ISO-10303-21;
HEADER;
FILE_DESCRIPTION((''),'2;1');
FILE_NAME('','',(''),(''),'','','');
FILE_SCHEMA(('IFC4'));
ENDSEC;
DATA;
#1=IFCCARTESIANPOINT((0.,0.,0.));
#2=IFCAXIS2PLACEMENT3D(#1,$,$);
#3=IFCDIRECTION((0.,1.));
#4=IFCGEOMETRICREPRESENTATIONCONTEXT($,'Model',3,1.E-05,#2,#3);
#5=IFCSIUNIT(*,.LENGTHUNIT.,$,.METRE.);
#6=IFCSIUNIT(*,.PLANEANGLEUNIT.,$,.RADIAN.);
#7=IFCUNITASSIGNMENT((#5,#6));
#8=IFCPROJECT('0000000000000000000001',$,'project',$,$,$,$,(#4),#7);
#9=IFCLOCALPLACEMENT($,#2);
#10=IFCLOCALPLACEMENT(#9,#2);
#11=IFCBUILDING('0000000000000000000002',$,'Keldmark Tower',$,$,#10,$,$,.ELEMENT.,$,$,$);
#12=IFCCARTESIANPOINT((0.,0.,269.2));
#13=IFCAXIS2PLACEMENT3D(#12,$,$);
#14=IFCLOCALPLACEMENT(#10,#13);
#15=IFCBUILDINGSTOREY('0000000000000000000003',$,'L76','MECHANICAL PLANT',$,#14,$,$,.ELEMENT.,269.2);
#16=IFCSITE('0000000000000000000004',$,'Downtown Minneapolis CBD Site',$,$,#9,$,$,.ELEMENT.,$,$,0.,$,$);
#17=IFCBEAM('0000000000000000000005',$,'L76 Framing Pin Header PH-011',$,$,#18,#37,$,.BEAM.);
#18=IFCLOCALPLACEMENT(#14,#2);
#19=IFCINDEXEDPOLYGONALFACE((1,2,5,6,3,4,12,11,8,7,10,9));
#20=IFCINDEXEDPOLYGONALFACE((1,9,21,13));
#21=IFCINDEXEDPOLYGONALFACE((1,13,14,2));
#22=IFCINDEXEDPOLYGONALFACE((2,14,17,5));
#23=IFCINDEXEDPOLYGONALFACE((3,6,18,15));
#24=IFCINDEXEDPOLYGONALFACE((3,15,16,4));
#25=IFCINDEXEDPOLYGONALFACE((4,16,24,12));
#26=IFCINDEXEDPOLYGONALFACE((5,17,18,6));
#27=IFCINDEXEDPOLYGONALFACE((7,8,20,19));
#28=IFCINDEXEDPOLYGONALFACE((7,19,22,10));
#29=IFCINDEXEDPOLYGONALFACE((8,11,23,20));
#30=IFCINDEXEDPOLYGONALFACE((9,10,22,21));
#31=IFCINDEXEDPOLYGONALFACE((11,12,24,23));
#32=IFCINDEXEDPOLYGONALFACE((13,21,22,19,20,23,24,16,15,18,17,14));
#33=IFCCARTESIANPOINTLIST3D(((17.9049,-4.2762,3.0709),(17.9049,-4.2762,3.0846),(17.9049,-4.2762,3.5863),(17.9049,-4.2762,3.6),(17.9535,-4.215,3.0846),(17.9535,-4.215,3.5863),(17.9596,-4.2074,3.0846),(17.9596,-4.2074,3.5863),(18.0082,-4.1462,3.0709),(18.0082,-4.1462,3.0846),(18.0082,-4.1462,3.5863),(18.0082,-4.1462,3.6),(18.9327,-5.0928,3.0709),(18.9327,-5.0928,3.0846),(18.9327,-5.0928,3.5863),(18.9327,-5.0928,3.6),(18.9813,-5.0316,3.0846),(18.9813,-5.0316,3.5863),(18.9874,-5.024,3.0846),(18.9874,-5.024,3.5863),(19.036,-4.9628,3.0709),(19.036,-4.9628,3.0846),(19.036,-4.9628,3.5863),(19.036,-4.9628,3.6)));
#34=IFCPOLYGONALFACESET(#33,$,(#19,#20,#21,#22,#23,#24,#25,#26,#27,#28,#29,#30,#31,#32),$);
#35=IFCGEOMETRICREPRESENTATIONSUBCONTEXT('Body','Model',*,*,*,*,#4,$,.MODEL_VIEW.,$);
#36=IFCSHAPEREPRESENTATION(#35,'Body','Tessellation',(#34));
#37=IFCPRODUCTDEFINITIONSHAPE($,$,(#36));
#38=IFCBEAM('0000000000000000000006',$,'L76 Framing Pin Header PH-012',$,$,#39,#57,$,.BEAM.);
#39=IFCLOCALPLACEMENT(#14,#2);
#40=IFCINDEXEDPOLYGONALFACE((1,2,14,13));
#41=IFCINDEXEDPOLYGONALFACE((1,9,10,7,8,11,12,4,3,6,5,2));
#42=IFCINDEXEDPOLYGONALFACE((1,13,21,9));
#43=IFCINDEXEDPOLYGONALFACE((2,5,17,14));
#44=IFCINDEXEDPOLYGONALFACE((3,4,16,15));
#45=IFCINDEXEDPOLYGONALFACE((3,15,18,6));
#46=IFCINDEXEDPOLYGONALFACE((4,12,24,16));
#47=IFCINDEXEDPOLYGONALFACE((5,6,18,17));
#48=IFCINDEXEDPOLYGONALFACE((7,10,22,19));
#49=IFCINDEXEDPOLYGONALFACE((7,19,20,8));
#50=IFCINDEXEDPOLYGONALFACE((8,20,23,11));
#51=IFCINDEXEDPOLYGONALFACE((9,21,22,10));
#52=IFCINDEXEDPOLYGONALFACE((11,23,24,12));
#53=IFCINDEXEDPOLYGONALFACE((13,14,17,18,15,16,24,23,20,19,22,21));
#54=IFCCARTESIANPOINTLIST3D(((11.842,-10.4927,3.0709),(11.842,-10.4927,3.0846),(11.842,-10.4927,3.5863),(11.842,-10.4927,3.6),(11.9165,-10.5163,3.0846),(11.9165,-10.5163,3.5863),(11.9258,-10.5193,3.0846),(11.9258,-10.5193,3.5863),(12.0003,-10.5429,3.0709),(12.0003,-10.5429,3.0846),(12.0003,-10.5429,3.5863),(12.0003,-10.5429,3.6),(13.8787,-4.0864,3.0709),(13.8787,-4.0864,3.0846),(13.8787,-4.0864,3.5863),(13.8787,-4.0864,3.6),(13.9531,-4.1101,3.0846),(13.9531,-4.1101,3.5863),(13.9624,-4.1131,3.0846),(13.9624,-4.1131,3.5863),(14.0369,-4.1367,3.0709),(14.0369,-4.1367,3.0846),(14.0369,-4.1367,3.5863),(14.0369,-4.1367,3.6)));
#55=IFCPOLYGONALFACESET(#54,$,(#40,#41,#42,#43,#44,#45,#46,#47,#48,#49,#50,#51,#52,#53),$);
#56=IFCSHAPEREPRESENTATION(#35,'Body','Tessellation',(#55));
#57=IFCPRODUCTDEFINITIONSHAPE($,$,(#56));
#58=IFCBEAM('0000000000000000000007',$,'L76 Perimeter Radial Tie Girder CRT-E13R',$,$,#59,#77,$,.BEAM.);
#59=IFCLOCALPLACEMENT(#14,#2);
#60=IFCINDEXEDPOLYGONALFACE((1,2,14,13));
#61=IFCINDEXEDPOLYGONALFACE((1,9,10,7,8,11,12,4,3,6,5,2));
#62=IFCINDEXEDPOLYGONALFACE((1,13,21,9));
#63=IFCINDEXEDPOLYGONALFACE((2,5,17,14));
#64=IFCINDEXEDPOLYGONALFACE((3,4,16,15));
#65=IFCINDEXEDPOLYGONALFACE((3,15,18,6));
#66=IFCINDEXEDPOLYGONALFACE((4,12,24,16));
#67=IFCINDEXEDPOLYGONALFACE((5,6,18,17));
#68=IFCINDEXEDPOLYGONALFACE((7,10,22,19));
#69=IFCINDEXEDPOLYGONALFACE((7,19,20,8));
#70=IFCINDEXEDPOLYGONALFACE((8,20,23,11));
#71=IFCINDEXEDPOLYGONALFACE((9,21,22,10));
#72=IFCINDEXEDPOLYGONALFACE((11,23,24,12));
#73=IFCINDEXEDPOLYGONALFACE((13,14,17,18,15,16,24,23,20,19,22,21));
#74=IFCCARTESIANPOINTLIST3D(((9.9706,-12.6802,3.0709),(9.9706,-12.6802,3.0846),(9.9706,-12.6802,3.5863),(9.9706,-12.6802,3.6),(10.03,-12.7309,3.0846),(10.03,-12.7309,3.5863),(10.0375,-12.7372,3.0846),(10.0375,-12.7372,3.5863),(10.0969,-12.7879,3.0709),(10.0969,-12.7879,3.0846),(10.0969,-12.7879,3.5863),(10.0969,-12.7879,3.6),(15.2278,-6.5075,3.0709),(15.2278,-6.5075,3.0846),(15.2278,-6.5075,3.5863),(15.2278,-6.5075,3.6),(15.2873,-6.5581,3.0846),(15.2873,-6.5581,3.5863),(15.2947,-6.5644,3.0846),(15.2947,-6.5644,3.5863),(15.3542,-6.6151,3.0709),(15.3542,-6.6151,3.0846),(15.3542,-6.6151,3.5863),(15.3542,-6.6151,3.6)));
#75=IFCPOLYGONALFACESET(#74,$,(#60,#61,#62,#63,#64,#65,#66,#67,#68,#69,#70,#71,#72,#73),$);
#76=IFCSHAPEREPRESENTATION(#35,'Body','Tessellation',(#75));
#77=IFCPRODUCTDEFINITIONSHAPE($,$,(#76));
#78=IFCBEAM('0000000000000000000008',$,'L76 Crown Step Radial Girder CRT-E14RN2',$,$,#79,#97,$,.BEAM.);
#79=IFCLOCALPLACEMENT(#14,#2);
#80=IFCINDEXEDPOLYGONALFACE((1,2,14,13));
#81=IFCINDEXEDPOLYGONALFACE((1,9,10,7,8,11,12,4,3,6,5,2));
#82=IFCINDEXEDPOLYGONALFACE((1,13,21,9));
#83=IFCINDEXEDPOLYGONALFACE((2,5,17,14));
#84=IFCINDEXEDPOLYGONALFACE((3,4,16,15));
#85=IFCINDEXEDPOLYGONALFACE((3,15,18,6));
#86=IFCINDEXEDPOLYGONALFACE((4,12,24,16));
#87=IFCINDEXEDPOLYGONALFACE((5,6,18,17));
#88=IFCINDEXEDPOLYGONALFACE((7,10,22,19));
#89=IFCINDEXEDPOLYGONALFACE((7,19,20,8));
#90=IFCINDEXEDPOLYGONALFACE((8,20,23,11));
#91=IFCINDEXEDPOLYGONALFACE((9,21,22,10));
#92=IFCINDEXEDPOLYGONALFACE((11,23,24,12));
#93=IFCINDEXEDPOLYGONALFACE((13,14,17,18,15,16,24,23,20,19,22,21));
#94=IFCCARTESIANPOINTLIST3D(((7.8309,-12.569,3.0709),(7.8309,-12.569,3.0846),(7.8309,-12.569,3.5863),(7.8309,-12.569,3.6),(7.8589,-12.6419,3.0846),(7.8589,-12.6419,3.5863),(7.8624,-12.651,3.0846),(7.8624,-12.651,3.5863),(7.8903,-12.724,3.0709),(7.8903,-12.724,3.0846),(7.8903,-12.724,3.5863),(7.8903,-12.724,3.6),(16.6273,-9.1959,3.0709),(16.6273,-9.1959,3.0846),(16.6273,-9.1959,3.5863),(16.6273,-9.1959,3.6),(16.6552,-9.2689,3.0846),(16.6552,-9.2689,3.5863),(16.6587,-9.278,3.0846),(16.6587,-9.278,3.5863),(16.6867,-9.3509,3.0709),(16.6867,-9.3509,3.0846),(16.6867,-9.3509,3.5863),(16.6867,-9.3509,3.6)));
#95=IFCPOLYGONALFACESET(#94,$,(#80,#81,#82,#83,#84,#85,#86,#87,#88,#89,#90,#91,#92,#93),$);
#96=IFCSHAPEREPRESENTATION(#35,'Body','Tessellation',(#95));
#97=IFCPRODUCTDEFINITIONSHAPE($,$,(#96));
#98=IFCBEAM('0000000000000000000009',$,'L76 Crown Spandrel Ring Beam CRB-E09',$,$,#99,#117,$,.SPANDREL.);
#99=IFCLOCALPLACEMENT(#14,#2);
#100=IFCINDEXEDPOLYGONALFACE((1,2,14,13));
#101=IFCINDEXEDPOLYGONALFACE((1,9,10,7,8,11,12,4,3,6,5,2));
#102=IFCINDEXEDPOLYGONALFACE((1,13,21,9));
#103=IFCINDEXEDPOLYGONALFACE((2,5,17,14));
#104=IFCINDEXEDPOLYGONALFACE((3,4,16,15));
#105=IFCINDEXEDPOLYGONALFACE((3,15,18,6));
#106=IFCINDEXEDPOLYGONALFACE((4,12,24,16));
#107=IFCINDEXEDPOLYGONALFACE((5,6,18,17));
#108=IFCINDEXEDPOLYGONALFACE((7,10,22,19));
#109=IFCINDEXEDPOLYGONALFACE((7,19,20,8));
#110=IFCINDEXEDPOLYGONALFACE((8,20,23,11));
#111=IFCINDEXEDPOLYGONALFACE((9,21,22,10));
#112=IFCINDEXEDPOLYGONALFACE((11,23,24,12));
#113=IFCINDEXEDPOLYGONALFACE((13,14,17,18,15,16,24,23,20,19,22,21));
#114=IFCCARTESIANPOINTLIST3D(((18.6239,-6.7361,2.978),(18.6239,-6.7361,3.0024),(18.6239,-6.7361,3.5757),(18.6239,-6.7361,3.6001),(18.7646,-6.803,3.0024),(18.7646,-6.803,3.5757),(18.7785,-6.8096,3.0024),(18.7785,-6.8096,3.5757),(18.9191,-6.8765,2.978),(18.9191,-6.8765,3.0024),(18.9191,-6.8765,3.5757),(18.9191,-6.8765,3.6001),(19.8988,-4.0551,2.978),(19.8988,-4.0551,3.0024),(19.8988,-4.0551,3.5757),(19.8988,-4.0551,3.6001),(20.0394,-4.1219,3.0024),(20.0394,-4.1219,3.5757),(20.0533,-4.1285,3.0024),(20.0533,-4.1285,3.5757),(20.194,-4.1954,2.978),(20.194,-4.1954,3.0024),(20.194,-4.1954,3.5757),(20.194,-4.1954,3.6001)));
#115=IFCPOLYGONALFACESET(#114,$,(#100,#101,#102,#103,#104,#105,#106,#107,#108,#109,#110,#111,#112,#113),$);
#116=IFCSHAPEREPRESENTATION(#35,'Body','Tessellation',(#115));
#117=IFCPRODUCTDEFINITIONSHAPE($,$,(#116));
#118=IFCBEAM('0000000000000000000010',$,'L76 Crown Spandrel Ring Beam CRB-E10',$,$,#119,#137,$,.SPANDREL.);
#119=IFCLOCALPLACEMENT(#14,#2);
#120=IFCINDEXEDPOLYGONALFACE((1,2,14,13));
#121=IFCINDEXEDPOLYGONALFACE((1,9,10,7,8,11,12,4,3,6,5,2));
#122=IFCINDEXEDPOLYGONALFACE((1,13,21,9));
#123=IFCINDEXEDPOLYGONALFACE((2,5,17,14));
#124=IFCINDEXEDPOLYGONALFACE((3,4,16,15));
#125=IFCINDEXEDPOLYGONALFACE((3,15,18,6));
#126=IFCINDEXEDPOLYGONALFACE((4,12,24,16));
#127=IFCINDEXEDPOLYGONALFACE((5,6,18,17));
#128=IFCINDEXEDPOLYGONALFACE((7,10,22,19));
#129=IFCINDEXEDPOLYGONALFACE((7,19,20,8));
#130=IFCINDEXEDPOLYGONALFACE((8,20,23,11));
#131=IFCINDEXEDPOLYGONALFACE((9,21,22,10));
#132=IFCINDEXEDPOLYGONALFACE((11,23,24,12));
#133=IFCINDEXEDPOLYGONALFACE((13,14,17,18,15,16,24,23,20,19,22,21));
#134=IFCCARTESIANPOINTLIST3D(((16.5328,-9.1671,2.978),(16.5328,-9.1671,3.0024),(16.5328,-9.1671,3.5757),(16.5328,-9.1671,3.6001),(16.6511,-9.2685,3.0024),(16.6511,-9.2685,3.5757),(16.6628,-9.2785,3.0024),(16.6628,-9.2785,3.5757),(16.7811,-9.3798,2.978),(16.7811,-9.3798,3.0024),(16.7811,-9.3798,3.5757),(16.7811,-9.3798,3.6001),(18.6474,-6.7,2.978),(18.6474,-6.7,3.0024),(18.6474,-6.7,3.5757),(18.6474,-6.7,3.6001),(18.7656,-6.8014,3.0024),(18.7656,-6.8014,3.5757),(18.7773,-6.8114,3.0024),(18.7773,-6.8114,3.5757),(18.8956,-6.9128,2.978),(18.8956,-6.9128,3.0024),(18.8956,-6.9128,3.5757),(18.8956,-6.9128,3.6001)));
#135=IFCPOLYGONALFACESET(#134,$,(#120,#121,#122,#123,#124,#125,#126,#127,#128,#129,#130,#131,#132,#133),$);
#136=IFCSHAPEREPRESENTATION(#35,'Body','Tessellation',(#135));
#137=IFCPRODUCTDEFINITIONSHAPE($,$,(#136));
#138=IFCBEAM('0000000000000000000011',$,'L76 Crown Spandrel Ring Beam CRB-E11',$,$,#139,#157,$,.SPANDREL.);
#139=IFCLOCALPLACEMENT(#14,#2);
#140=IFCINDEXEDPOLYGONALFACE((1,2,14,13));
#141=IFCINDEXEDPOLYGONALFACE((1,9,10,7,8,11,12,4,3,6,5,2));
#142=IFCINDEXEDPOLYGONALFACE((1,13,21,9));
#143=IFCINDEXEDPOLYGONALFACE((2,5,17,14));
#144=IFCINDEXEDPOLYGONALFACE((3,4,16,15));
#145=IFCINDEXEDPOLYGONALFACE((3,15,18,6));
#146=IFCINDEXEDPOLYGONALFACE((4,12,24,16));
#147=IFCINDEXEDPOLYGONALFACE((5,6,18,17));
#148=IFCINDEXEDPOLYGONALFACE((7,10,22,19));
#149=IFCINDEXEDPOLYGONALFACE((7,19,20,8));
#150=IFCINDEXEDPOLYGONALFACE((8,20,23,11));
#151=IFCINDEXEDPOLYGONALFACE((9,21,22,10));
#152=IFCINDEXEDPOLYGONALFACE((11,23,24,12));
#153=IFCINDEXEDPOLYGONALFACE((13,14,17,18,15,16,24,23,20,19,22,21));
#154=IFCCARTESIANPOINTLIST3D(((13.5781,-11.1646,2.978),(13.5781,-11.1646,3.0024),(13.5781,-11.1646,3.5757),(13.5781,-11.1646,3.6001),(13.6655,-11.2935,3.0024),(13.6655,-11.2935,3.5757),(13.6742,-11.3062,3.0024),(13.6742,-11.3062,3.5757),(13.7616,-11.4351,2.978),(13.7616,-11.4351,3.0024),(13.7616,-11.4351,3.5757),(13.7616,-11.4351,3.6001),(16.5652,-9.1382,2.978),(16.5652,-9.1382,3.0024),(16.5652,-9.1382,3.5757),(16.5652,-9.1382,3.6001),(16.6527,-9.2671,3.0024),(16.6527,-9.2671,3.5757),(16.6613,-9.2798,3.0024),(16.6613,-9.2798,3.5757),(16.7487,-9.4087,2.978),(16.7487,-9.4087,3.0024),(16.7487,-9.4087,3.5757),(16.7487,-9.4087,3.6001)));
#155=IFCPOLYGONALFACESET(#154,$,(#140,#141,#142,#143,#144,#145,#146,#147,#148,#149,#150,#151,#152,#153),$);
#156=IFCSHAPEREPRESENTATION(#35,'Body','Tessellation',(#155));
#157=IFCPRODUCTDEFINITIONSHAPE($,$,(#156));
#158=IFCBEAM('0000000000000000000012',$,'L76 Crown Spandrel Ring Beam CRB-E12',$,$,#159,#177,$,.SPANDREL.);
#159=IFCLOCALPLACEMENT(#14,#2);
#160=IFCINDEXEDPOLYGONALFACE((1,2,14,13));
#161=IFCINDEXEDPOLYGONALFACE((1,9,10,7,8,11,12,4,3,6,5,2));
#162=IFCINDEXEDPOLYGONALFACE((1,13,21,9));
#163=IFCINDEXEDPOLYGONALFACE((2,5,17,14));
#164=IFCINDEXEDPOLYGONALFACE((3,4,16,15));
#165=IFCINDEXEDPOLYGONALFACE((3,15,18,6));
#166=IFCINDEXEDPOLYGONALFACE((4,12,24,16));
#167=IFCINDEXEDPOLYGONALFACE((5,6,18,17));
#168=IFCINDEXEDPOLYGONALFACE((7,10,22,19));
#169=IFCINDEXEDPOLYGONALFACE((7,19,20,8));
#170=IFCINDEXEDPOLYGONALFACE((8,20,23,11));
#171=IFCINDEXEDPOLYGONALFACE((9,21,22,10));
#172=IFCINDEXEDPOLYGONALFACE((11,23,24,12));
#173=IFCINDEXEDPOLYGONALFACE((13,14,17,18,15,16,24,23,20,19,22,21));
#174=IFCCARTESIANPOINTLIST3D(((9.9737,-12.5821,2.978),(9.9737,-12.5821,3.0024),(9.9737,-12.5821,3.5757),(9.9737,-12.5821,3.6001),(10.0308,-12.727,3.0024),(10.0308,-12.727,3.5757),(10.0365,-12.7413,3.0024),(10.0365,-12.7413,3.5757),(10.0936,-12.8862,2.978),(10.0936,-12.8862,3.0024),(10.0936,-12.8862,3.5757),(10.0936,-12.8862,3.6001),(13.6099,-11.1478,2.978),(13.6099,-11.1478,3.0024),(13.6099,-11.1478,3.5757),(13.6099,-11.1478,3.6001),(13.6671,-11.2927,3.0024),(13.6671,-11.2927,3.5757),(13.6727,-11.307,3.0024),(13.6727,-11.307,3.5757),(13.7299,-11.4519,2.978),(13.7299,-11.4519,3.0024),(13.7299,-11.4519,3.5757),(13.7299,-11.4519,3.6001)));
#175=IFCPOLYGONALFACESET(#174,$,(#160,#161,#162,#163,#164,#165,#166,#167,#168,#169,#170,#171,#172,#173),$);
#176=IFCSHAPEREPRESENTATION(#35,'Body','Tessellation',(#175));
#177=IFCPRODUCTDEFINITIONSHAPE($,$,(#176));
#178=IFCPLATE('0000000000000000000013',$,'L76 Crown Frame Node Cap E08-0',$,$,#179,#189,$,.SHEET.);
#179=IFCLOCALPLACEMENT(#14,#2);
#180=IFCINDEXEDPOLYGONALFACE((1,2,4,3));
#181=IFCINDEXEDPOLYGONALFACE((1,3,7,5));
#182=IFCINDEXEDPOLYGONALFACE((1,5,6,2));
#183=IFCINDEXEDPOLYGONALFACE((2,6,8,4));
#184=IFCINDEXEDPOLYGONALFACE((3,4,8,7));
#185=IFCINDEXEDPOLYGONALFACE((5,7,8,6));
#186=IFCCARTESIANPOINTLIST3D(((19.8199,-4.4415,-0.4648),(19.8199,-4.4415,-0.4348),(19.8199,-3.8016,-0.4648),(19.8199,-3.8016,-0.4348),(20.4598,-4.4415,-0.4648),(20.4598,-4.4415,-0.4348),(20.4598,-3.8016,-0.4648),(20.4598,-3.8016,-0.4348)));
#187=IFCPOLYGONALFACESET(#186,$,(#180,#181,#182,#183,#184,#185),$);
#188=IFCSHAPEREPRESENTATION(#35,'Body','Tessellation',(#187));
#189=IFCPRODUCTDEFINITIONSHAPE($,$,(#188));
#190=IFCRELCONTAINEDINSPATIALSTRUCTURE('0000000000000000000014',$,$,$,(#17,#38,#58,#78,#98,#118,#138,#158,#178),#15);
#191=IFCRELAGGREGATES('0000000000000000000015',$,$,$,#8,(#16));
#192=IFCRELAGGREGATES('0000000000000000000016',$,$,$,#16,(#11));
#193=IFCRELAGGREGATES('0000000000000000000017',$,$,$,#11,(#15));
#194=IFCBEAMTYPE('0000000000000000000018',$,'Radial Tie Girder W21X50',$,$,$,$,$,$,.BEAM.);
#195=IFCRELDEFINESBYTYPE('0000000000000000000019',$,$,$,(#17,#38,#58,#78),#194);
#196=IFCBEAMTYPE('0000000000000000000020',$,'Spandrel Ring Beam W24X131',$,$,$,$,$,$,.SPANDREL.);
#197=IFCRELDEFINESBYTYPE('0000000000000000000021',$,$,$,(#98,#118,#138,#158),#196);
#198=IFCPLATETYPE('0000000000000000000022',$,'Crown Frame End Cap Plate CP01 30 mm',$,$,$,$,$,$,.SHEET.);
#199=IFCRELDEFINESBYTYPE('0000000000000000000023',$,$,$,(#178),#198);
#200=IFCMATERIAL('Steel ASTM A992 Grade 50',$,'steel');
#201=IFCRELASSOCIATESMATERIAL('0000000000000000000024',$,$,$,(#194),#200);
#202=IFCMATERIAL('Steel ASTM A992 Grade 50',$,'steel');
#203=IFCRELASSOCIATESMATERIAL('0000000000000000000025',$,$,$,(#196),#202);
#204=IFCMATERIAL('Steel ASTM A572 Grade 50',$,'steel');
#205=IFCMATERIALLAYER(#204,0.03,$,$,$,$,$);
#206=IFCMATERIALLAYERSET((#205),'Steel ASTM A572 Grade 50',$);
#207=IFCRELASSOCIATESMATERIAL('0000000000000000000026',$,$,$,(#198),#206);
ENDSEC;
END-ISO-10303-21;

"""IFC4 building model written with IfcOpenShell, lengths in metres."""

from ifc_helpers import new_model, si_unit, direction, frame, origin, origin_2d, place, context, subcontext, project, spatial, rectangle, i_section, extrude, material, layer, layer_set, material_profile, profile_set, type_object, element, save


model = new_model("IFC4")

# Units and contexts
model_context = context("Model", 3, precision=1e-05, world=origin(), true_north=direction((0.0, 1.0)))
body_context = subcontext(model_context, "Body", "Model", "MODEL_VIEW")
ifc_project = project(units=[si_unit("LENGTHUNIT", "METRE"), si_unit("PLANEANGLEUNIT", "RADIAN")], contexts=[model_context])

# Site, building, storey
site_placement = place(None, origin())
site = spatial("IfcSite", under=ifc_project, at=site_placement, Name="Downtown Minneapolis CBD Site", CompositionType="ELEMENT", RefElevation=0.0)
building_placement = place(site_placement, origin())
building = spatial("IfcBuilding", under=site, at=building_placement, Name="Keldmark Tower", CompositionType="ELEMENT")
storey_placement = place(building_placement, frame((0.0, 0.0, 269.2)))
storey = spatial("IfcBuildingStorey", under=building, at=storey_placement, Name="L76", Description="MECHANICAL PLANT", CompositionType="ELEMENT", Elevation=269.2)

# Beams
ifc_material_1 = material(Name="Steel ASTM A992 Grade 50", Category="steel")
ifc_material_profile_1 = material_profile(ifc_material_1, i_section(OverallWidth=0.166, OverallDepth=0.5291, WebThickness=0.0098, FlangeThickness=0.0137, at=origin_2d()), Name="W21X50")
ifc_profile_set_1 = profile_set([ifc_material_profile_1], Name="Steel ASTM A992 Grade 50")
beam_type_1 = type_object("IfcBeamType", Name="Radial Tie Girder W21X50", PredefinedType="BEAM", material=ifc_profile_set_1)
beam_1_placement = place(storey_placement, frame((17.9565, -4.2112, 3.3354), z_axis=(0.782951, -0.622083, 0.0), x_axis=(0.622083, 0.782951, 0.0)))
element("IfcBeam", 1, at=beam_1_placement, inside=storey, type_object=beam_type_1, Name="L76 Framing Pin Header PH-011", PredefinedType="BEAM", context=body_context, shape_type="SweptSolid", body=[
    extrude(i_section(OverallWidth=0.166, OverallDepth=0.5291, WebThickness=0.0098, FlangeThickness=0.0137, at=origin_2d()), origin(), (0.0, 0.0, 1.0), 1.3127),
])
beam_2_placement = place(storey_placement, frame((13.9578, -4.1116, 3.3354), z_axis=(-0.30297, -0.953, 0.0), x_axis=(0.953, -0.30297, 0.0)))
element("IfcBeam", 2, at=beam_2_placement, inside=storey, type_object=beam_type_1, Name="L76 Framing Pin Header PH-012", PredefinedType="BEAM", context=body_context, shape_type="SweptSolid", body=[
    extrude(i_section(OverallWidth=0.166, OverallDepth=0.5291, WebThickness=0.0098, FlangeThickness=0.0137, at=origin_2d()), origin(), (0.0, 0.0, 1.0), 6.7222),
])
beam_3_placement = place(storey_placement, frame((15.291, -6.5613, 3.3354), z_axis=(-0.648393, -0.761306, 0.0), x_axis=(0.761306, -0.648393, 0.0)))
element("IfcBeam", 3, at=beam_3_placement, inside=storey, type_object=beam_type_1, Name="L76 Perimeter Radial Tie Girder CRT-E13R", PredefinedType="BEAM", context=body_context, shape_type="SweptSolid", body=[
    extrude(i_section(OverallWidth=0.166, OverallDepth=0.5291, WebThickness=0.0098, FlangeThickness=0.0137, at=origin_2d()), origin(), (0.0, 0.0, 1.0), 8.1082),
])
beam_4_placement = place(storey_placement, frame((16.657, -9.2734, 3.3354), z_axis=(-0.933707, -0.358038, 0.0), x_axis=(0.358038, -0.933707, 0.0)))
element("IfcBeam", 4, at=beam_4_placement, inside=storey, type_object=beam_type_1, Name="L76 Crown Step Radial Girder CRT-E14RN2", PredefinedType="BEAM", context=body_context, shape_type="SweptSolid", body=[
    extrude(i_section(OverallWidth=0.166, OverallDepth=0.5291, WebThickness=0.0098, FlangeThickness=0.0137, at=origin_2d()), origin(), (0.0, 0.0, 1.0), 9.4209),
])
ifc_material_2 = material(Name="Steel ASTM A992 Grade 50", Category="steel")
ifc_material_profile_2 = material_profile(ifc_material_2, i_section(OverallWidth=0.3269, OverallDepth=0.6221, WebThickness=0.0154, FlangeThickness=0.0244, at=origin_2d()), Name="W24X131")
ifc_profile_set_2 = profile_set([ifc_material_profile_2], Name="Steel ASTM A992 Grade 50")
beam_type_2 = type_object("IfcBeamType", Name="Spandrel Ring Beam W24X131", PredefinedType="SPANDREL", material=ifc_profile_set_2)
beam_5_placement = place(storey_placement, frame((20.0464, -4.1252, 3.2891), z_axis=(-0.429429, -0.903101, 0.0), x_axis=(0.903101, -0.429429, 0.0)))
element("IfcBeam", 5, at=beam_5_placement, inside=storey, type_object=beam_type_2, Name="L76 Crown Spandrel Ring Beam CRB-E09", PredefinedType="SPANDREL", context=body_context, shape_type="SweptSolid", body=[
    extrude(i_section(OverallWidth=0.3269, OverallDepth=0.6221, WebThickness=0.0154, FlangeThickness=0.0244, at=origin_2d()), origin(), (0.0, 0.0, 1.0), 2.9688),
])
beam_6_placement = place(storey_placement, frame((18.7715, -6.8064, 3.2891), z_axis=(-0.650773, -0.759273, 0.0), x_axis=(0.759273, -0.650773, 0.0)))
element("IfcBeam", 6, at=beam_6_placement, inside=storey, type_object=beam_type_2, Name="L76 Crown Spandrel Ring Beam CRB-E10", PredefinedType="SPANDREL", context=body_context, shape_type="SweptSolid", body=[
    extrude(i_section(OverallWidth=0.3269, OverallDepth=0.6221, WebThickness=0.0154, FlangeThickness=0.0244, at=origin_2d()), origin(), (0.0, 0.0, 1.0), 3.2493),
])
beam_7_placement = place(storey_placement, frame((16.657, -9.2734, 3.2891), z_axis=(-0.827549, -0.561394, 0.0), x_axis=(0.561394, -0.827549, 0.0)))
element("IfcBeam", 7, at=beam_7_placement, inside=storey, type_object=beam_type_2, Name="L76 Crown Spandrel Ring Beam CRB-E11", PredefinedType="SPANDREL", context=body_context, shape_type="SweptSolid", body=[
    extrude(i_section(OverallWidth=0.3269, OverallDepth=0.6221, WebThickness=0.0154, FlangeThickness=0.0244, at=origin_2d()), origin(), (0.0, 0.0, 1.0), 3.6096),
])
beam_8_placement = place(storey_placement, frame((13.6699, -11.2998, 3.2891), z_axis=(-0.930245, -0.366939, 0.0), x_axis=(0.366939, -0.930245, 0.0)))
element("IfcBeam", 8, at=beam_8_placement, inside=storey, type_object=beam_type_2, Name="L76 Crown Spandrel Ring Beam CRB-E12", PredefinedType="SPANDREL", context=body_context, shape_type="SweptSolid", body=[
    extrude(i_section(OverallWidth=0.3269, OverallDepth=0.6221, WebThickness=0.0154, FlangeThickness=0.0244, at=origin_2d()), origin(), (0.0, 0.0, 1.0), 3.9089),
])

# Plate
ifc_material_3 = material(Name="Steel ASTM A572 Grade 50", Category="steel")
ifc_layer_1 = layer(ifc_material_3, 0.03)
ifc_layer_set_1 = layer_set([ifc_layer_1], Name="Steel ASTM A572 Grade 50")
plate_type = type_object("IfcPlateType", Name="Crown Frame End Cap Plate CP01 30 mm", PredefinedType="SHEET", material=ifc_layer_set_1)
for number, where, z_axis, x_axis, name in (
    (9, (20.1399, -4.1216, -0.4648), (0.0, 0.0, 1.0), (1.0, 0.0, 0.0), "L76 Crown Frame Node Cap E08-0"),
):
    element("IfcPlate", number, at=place(storey_placement, frame(where, z_axis=z_axis, x_axis=x_axis)), inside=storey, type_object=plate_type, Name=name, PredefinedType="SHEET", context=body_context, shape_type="SweptSolid", body=[
        extrude(rectangle(XDim=0.6399, YDim=0.6399, at=origin_2d()), origin(), (0.0, 0.0, 1.0), 0.03),
    ])

save(model, "model.ifc")
